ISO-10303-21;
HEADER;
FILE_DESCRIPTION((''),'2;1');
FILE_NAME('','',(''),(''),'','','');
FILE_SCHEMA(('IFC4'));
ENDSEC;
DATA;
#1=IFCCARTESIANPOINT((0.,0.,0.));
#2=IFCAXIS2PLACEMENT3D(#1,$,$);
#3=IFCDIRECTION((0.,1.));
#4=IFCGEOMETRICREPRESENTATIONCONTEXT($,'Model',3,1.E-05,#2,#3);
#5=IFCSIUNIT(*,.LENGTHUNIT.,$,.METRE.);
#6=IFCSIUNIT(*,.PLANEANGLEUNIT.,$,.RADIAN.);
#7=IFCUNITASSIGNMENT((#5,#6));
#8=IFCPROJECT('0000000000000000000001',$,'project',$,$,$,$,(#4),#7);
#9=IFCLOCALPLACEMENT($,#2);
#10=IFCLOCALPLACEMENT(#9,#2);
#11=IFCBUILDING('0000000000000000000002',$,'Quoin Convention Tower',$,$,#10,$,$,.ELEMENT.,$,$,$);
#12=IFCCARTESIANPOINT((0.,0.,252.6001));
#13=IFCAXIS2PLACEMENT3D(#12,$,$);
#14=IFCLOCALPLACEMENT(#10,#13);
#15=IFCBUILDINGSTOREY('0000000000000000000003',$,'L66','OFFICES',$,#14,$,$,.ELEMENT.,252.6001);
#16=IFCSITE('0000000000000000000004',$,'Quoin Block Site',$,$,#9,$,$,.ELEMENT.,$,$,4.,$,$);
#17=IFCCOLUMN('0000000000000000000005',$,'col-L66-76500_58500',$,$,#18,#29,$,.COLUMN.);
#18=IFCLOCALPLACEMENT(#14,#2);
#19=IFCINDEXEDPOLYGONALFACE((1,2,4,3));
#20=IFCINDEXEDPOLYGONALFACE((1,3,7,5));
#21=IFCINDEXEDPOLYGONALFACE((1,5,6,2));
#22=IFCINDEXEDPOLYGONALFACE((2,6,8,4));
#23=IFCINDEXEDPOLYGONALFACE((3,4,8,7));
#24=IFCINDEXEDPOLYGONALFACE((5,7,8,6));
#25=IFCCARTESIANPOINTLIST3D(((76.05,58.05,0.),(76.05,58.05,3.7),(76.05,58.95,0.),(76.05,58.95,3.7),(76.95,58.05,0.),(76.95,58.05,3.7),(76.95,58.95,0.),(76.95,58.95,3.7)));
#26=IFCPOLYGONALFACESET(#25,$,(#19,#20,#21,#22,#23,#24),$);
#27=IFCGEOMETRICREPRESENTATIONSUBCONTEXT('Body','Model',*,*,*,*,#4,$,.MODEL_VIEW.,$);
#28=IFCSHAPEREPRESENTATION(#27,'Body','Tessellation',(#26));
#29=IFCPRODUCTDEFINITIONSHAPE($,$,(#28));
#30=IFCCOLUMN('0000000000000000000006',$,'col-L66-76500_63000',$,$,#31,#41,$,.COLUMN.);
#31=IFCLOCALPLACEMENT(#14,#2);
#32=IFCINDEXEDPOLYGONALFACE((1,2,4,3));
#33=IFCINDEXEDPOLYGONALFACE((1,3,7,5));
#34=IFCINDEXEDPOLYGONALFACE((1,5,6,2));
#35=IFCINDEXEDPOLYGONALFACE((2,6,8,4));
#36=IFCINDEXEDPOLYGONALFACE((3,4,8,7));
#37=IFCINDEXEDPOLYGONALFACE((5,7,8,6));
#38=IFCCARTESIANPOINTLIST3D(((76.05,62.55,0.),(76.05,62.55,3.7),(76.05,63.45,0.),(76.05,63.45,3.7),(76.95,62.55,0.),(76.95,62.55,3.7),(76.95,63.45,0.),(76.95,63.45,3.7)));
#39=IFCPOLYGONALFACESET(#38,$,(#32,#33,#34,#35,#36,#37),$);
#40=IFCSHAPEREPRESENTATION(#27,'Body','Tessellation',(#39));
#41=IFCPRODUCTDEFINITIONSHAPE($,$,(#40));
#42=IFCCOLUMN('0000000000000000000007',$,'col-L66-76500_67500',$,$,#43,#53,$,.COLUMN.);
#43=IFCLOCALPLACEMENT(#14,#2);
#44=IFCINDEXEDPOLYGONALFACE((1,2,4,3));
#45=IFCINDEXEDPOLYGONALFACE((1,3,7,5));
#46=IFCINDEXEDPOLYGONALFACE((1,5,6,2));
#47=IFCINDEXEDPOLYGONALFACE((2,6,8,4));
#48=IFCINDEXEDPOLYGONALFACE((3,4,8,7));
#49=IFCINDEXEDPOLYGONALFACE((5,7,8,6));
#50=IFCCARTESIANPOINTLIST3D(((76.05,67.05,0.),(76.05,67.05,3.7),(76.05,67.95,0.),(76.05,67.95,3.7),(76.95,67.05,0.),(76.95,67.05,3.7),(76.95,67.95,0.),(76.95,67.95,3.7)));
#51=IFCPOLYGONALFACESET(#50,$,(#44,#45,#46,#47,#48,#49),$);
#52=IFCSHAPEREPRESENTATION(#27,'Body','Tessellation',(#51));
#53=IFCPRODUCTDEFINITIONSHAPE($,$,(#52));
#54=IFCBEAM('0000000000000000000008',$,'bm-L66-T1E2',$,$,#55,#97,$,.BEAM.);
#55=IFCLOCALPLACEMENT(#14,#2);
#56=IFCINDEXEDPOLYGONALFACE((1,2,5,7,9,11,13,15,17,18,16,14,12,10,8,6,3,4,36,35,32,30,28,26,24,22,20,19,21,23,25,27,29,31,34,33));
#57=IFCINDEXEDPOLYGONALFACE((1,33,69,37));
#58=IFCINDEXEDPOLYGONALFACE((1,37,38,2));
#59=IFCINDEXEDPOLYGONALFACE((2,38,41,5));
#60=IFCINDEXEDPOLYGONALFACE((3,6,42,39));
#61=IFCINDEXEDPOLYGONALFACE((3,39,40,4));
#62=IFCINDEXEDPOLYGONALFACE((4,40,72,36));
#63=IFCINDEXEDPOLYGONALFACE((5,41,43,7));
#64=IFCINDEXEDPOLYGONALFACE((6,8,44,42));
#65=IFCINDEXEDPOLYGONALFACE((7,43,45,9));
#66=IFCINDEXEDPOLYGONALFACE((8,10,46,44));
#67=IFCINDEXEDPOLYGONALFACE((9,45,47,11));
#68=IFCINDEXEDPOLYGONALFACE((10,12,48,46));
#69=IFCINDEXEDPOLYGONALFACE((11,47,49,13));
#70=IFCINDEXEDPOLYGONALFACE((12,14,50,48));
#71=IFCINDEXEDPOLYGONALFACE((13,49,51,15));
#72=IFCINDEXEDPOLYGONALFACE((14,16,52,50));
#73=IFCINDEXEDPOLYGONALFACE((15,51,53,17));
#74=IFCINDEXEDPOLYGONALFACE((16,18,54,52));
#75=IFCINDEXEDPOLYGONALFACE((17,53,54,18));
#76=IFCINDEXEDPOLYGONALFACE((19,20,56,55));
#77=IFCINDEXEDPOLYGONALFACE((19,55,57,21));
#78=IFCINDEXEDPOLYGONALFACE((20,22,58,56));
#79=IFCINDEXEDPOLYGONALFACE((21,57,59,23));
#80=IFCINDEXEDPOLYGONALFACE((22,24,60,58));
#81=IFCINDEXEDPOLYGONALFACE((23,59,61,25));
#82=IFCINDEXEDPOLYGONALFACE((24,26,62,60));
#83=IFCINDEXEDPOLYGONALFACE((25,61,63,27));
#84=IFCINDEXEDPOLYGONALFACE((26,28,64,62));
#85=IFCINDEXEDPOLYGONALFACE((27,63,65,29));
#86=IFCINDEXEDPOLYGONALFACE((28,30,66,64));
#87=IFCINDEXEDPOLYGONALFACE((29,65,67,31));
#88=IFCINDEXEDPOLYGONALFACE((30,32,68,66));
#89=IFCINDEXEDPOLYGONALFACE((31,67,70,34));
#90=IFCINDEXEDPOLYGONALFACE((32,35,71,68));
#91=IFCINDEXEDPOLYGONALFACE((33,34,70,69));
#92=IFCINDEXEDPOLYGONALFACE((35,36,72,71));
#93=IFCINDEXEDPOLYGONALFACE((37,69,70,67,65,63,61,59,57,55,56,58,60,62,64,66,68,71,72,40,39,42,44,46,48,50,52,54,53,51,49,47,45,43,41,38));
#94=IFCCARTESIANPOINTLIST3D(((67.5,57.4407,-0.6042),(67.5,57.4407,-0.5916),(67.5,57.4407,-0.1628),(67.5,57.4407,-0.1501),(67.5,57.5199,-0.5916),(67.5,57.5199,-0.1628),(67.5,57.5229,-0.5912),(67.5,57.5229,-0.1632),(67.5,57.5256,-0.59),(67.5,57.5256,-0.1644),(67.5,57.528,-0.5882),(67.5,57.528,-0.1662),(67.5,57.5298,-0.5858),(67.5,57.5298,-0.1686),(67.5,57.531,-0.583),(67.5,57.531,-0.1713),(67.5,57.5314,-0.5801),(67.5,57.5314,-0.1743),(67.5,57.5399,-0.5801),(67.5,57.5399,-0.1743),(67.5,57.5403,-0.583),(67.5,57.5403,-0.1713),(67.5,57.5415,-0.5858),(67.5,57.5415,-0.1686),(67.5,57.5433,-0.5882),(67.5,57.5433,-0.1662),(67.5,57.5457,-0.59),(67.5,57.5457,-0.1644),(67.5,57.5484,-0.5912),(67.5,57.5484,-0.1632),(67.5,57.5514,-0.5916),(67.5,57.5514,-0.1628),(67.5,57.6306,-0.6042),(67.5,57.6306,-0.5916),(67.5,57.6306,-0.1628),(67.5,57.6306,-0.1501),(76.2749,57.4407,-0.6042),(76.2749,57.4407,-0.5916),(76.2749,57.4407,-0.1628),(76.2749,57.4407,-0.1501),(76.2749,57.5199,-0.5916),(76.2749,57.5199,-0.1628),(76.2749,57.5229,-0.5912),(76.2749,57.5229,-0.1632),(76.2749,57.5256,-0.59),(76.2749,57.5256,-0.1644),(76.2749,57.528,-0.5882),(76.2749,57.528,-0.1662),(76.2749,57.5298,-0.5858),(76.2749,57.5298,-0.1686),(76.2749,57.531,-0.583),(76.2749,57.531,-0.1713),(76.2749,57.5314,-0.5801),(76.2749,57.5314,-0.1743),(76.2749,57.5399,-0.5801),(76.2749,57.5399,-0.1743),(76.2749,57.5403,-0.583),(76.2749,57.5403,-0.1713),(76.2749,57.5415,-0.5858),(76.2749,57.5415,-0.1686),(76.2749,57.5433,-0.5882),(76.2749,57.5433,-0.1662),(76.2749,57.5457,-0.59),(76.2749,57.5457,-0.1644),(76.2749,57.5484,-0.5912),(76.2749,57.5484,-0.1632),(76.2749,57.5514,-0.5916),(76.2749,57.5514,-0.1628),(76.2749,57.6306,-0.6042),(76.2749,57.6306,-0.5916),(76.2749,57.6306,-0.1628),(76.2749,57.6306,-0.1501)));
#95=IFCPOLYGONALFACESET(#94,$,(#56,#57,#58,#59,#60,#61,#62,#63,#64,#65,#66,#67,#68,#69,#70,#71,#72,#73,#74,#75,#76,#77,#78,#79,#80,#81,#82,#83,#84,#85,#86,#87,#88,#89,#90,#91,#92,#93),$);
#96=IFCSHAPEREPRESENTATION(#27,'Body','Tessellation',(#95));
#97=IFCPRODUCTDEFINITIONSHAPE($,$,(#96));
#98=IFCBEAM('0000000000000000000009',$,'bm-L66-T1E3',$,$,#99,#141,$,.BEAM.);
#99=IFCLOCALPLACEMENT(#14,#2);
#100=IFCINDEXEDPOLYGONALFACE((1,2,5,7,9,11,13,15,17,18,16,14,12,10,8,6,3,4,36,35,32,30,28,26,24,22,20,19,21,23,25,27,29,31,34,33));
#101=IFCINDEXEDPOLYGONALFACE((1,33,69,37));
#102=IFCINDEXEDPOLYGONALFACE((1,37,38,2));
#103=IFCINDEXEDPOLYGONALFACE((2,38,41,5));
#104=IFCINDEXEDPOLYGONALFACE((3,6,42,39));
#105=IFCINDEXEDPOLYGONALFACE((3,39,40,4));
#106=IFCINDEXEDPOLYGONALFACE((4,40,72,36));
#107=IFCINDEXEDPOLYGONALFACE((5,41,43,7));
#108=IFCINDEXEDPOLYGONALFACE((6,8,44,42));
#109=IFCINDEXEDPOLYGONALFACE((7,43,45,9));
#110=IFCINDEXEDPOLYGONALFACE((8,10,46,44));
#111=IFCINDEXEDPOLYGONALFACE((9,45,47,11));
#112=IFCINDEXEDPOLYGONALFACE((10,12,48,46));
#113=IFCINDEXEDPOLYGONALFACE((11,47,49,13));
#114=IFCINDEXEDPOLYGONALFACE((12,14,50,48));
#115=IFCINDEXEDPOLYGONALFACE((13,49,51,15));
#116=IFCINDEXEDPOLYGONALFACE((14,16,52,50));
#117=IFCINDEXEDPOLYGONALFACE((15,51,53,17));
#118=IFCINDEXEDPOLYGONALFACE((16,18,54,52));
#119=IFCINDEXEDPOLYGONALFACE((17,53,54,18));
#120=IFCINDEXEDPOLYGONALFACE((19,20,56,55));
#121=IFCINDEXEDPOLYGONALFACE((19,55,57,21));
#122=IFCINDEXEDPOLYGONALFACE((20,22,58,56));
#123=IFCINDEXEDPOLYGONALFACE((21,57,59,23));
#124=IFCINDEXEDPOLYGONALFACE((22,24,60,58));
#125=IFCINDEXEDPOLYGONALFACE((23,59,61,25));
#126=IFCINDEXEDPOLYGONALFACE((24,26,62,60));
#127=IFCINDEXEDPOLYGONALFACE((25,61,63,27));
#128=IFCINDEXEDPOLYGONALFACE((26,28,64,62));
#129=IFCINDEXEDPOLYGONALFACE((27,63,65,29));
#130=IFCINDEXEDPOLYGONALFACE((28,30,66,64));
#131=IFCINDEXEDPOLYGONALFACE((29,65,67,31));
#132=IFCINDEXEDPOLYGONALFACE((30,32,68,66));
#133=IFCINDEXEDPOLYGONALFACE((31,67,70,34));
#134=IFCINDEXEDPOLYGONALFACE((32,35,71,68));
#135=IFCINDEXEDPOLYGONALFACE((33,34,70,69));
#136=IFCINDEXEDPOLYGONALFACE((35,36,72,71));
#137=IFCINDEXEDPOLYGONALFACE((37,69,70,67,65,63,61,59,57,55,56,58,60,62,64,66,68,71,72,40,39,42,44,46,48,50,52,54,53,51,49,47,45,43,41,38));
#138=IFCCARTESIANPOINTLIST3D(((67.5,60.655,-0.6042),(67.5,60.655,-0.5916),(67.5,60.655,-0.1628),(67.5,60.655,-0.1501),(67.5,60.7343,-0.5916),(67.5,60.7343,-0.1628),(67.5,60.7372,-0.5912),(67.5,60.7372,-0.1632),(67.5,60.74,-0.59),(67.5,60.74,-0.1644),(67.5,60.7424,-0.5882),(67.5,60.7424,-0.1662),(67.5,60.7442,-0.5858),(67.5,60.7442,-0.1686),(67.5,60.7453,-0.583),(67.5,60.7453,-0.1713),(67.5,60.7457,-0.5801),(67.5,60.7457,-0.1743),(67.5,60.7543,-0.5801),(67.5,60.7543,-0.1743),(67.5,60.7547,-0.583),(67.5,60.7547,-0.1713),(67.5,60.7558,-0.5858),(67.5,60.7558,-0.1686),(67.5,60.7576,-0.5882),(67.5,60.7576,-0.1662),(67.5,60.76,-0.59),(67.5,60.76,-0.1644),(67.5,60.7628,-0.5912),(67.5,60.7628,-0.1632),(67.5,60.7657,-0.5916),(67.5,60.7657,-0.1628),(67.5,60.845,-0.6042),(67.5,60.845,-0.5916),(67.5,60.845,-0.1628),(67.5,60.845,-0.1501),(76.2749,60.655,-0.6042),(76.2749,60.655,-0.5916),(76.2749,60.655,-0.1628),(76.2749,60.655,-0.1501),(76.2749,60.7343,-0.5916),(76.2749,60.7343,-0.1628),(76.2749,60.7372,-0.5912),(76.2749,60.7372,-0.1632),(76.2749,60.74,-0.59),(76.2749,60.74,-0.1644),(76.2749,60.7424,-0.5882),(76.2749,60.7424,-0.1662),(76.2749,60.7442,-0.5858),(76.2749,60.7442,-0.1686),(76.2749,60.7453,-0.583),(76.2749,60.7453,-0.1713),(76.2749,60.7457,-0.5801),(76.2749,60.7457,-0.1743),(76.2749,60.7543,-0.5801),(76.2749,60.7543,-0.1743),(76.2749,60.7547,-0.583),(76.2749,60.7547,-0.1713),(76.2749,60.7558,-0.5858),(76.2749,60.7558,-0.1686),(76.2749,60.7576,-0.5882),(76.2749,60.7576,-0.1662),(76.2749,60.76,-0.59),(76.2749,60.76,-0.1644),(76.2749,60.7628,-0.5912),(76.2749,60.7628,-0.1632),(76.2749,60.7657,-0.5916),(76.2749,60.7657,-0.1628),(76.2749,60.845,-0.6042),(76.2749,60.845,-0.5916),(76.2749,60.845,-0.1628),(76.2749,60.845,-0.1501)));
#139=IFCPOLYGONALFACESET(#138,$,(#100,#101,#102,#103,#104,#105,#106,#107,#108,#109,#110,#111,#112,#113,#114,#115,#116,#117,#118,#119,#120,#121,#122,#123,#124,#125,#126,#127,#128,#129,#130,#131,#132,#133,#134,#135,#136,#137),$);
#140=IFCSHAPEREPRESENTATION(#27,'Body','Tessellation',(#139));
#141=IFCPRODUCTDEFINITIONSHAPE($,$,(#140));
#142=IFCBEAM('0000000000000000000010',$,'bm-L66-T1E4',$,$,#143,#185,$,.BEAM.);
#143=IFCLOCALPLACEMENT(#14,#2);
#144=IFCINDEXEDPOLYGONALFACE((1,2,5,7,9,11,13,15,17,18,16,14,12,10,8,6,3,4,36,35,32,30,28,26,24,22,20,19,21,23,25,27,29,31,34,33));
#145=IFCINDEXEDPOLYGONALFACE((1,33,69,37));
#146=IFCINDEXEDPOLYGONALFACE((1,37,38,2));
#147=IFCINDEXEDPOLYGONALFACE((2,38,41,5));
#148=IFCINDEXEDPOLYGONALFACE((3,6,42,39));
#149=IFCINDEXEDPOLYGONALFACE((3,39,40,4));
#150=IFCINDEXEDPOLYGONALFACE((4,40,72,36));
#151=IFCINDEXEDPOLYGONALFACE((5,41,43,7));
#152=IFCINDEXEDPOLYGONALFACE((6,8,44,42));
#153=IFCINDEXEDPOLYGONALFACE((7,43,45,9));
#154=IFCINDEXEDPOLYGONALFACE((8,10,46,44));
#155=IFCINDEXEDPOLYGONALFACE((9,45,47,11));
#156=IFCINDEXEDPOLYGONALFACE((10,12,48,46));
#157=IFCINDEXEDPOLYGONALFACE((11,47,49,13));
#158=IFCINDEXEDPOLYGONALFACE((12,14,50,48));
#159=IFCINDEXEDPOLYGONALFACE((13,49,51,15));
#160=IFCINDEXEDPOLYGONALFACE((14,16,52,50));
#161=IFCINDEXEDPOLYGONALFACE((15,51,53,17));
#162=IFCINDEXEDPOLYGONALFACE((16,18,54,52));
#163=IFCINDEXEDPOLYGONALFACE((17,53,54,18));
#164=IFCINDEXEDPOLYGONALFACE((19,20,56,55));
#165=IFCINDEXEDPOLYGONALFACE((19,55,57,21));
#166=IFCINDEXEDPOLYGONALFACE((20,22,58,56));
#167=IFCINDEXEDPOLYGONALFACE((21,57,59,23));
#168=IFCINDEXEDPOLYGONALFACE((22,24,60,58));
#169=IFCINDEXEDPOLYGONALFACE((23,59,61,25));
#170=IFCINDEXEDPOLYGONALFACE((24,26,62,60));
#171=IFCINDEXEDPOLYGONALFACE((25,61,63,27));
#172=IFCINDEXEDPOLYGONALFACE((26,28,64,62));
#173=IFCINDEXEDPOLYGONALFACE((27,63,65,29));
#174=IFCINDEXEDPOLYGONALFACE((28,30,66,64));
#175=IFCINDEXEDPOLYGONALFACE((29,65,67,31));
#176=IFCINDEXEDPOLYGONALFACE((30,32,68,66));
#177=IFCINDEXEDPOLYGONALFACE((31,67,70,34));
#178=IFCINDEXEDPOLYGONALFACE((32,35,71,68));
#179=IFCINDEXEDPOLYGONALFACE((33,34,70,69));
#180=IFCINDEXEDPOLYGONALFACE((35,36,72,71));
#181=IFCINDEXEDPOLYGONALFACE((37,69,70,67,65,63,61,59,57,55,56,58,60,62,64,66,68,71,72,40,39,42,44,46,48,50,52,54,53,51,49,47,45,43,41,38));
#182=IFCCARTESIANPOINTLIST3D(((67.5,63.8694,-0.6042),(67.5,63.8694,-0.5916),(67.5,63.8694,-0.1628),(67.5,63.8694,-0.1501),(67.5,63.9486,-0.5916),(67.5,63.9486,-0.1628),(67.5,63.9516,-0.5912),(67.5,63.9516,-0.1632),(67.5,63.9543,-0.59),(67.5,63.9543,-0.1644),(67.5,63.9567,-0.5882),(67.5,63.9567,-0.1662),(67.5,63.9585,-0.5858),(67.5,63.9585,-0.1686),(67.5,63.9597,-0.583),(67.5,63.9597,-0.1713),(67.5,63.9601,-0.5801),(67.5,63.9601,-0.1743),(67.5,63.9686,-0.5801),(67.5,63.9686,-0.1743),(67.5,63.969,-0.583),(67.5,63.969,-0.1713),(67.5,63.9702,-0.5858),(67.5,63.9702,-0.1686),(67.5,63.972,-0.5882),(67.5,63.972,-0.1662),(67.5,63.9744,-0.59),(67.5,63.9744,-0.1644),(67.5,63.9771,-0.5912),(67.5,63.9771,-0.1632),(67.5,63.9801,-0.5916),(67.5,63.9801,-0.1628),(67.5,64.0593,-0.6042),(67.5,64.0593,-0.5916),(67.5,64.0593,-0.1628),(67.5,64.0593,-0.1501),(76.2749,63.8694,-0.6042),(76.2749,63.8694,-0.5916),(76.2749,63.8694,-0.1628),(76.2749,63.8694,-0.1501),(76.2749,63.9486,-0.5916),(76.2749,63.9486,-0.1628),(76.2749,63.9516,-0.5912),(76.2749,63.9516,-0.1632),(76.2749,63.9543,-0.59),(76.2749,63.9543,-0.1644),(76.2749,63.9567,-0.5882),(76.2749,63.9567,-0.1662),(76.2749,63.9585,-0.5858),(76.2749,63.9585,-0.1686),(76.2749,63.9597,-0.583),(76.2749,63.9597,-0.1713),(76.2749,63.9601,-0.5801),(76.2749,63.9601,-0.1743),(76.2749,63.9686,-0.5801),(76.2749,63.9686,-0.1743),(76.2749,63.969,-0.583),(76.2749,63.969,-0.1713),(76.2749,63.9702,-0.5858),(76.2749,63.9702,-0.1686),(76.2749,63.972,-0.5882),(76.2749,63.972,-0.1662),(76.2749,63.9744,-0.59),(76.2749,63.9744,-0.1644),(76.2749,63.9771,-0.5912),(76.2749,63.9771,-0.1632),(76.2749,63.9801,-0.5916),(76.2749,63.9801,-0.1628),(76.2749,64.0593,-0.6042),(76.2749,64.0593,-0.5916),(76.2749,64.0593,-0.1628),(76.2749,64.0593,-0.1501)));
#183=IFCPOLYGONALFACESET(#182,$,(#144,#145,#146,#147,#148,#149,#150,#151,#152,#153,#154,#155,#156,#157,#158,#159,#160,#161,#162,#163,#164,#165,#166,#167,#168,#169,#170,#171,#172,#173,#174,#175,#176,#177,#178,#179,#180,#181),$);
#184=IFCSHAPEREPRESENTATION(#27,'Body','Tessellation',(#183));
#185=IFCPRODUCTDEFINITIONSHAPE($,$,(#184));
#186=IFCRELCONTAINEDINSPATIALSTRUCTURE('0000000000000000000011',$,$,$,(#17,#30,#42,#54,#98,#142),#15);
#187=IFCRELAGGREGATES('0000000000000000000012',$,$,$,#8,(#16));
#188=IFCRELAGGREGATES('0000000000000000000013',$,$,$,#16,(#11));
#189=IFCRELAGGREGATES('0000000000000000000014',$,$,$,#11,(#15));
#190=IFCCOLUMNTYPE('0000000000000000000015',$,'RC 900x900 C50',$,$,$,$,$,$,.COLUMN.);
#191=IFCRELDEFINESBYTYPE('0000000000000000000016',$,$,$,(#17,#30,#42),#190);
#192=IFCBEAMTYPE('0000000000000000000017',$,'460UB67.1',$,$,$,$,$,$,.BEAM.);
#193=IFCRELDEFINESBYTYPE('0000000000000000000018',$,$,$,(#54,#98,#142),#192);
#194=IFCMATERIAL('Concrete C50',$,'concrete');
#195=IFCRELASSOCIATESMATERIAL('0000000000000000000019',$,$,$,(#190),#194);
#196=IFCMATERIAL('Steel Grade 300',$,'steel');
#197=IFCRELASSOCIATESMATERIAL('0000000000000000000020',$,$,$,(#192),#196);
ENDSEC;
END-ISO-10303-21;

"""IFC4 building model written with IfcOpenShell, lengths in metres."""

from ifc_helpers import new_model, si_unit, direction, frame, origin, origin_2d, place, context, subcontext, project, spatial, rectangle, i_section, extrude, material, material_profile, profile_set, type_object, element, save


model = new_model("IFC4")

# Units and contexts
model_context = context("Model", 3, precision=1e-05, world=origin(), true_north=direction((0.0, 1.0)))
body_context = subcontext(model_context, "Body", "Model", "MODEL_VIEW")
ifc_project = project(units=[si_unit("LENGTHUNIT", "METRE"), si_unit("PLANEANGLEUNIT", "RADIAN")], contexts=[model_context])

# Site, building, storey
site_placement = place(None, origin())
site = spatial("IfcSite", under=ifc_project, at=site_placement, Name="Quoin Block Site", CompositionType="ELEMENT", RefElevation=4.0)
building_placement = place(site_placement, origin())
building = spatial("IfcBuilding", under=site, at=building_placement, Name="Quoin Convention Tower", CompositionType="ELEMENT")
storey_placement = place(building_placement, frame((0.0, 0.0, 252.6001)))
storey = spatial("IfcBuildingStorey", under=building, at=storey_placement, Name="L66", Description="OFFICES", CompositionType="ELEMENT", Elevation=252.6001)

# Columns
ifc_material_1 = material(Name="Concrete C50", Category="concrete")
ifc_material_profile_1 = material_profile(ifc_material_1, rectangle(XDim=0.8999, YDim=0.8999, at=origin_2d()), Name="RC 900x900")
ifc_profile_set_1 = profile_set([ifc_material_profile_1], Name="Concrete C50")
column_type = type_object("IfcColumnType", Name="RC 900x900 C50", PredefinedType="COLUMN", material=ifc_profile_set_1)
for number, where, z_axis, x_axis, name in (
    (1, (76.5, 58.5, 0.0), (0.0, 0.0, 1.0), (1.0, 0.0, 0.0), "col-L66-76500_58500"),
    (2, (76.5, 63.0, 0.0), (0.0, 0.0, 1.0), (1.0, 0.0, 0.0), "col-L66-76500_63000"),
    (3, (76.5, 67.5, 0.0), (0.0, 0.0, 1.0), (1.0, 0.0, 0.0), "col-L66-76500_67500"),
):
    element("IfcColumn", number, at=place(storey_placement, frame(where, z_axis=z_axis, x_axis=x_axis)), inside=storey, type_object=column_type, Name=name, PredefinedType="COLUMN", context=body_context, shape_type="SweptSolid", body=[
        extrude(rectangle(XDim=0.8999, YDim=0.8999, at=origin_2d()), origin(), (0.0, 0.0, 1.0), 3.7),
    ])

# Beams
ifc_material_2 = material(Name="Steel Grade 300", Category="steel")
ifc_material_profile_2 = material_profile(ifc_material_2, i_section(OverallWidth=0.1899, OverallDepth=0.4541, WebThickness=0.0085, FlangeThickness=0.0127, FilletRadius=0.0115, at=origin_2d()), Name="460UB67.1")
ifc_profile_set_2 = profile_set([ifc_material_profile_2], Name="Steel Grade 300")
beam_type_1 = type_object("IfcBeamType", Name="460UB67.1", PredefinedType="BEAM", material=ifc_profile_set_2)
for number, where, z_axis, x_axis, name in (
    (4, (67.5, 57.5356, -0.3772), (1.0, 0.0, 0.0), (0.0, 1.0, 0.0), "bm-L66-T1E2"),
    (5, (67.5, 60.75, -0.3772), (1.0, 0.0, 0.0), (0.0, 1.0, 0.0), "bm-L66-T1E3"),
    (6, (67.5, 63.9644, -0.3772), (1.0, 0.0, 0.0), (0.0, 1.0, 0.0), "bm-L66-T1E4"),
):
    element("IfcBeam", number, at=place(storey_placement, frame(where, z_axis=z_axis, x_axis=x_axis)), inside=storey, type_object=beam_type_1, Name=name, PredefinedType="BEAM", context=body_context, shape_type="SweptSolid", body=[
        extrude(i_section(OverallWidth=0.1899, OverallDepth=0.4541, WebThickness=0.0085, FlangeThickness=0.0127, FilletRadius=0.0115, at=origin_2d()), origin(), (0.0, 0.0, 1.0), 8.7749),
    ])

save(model, "model.ifc")
